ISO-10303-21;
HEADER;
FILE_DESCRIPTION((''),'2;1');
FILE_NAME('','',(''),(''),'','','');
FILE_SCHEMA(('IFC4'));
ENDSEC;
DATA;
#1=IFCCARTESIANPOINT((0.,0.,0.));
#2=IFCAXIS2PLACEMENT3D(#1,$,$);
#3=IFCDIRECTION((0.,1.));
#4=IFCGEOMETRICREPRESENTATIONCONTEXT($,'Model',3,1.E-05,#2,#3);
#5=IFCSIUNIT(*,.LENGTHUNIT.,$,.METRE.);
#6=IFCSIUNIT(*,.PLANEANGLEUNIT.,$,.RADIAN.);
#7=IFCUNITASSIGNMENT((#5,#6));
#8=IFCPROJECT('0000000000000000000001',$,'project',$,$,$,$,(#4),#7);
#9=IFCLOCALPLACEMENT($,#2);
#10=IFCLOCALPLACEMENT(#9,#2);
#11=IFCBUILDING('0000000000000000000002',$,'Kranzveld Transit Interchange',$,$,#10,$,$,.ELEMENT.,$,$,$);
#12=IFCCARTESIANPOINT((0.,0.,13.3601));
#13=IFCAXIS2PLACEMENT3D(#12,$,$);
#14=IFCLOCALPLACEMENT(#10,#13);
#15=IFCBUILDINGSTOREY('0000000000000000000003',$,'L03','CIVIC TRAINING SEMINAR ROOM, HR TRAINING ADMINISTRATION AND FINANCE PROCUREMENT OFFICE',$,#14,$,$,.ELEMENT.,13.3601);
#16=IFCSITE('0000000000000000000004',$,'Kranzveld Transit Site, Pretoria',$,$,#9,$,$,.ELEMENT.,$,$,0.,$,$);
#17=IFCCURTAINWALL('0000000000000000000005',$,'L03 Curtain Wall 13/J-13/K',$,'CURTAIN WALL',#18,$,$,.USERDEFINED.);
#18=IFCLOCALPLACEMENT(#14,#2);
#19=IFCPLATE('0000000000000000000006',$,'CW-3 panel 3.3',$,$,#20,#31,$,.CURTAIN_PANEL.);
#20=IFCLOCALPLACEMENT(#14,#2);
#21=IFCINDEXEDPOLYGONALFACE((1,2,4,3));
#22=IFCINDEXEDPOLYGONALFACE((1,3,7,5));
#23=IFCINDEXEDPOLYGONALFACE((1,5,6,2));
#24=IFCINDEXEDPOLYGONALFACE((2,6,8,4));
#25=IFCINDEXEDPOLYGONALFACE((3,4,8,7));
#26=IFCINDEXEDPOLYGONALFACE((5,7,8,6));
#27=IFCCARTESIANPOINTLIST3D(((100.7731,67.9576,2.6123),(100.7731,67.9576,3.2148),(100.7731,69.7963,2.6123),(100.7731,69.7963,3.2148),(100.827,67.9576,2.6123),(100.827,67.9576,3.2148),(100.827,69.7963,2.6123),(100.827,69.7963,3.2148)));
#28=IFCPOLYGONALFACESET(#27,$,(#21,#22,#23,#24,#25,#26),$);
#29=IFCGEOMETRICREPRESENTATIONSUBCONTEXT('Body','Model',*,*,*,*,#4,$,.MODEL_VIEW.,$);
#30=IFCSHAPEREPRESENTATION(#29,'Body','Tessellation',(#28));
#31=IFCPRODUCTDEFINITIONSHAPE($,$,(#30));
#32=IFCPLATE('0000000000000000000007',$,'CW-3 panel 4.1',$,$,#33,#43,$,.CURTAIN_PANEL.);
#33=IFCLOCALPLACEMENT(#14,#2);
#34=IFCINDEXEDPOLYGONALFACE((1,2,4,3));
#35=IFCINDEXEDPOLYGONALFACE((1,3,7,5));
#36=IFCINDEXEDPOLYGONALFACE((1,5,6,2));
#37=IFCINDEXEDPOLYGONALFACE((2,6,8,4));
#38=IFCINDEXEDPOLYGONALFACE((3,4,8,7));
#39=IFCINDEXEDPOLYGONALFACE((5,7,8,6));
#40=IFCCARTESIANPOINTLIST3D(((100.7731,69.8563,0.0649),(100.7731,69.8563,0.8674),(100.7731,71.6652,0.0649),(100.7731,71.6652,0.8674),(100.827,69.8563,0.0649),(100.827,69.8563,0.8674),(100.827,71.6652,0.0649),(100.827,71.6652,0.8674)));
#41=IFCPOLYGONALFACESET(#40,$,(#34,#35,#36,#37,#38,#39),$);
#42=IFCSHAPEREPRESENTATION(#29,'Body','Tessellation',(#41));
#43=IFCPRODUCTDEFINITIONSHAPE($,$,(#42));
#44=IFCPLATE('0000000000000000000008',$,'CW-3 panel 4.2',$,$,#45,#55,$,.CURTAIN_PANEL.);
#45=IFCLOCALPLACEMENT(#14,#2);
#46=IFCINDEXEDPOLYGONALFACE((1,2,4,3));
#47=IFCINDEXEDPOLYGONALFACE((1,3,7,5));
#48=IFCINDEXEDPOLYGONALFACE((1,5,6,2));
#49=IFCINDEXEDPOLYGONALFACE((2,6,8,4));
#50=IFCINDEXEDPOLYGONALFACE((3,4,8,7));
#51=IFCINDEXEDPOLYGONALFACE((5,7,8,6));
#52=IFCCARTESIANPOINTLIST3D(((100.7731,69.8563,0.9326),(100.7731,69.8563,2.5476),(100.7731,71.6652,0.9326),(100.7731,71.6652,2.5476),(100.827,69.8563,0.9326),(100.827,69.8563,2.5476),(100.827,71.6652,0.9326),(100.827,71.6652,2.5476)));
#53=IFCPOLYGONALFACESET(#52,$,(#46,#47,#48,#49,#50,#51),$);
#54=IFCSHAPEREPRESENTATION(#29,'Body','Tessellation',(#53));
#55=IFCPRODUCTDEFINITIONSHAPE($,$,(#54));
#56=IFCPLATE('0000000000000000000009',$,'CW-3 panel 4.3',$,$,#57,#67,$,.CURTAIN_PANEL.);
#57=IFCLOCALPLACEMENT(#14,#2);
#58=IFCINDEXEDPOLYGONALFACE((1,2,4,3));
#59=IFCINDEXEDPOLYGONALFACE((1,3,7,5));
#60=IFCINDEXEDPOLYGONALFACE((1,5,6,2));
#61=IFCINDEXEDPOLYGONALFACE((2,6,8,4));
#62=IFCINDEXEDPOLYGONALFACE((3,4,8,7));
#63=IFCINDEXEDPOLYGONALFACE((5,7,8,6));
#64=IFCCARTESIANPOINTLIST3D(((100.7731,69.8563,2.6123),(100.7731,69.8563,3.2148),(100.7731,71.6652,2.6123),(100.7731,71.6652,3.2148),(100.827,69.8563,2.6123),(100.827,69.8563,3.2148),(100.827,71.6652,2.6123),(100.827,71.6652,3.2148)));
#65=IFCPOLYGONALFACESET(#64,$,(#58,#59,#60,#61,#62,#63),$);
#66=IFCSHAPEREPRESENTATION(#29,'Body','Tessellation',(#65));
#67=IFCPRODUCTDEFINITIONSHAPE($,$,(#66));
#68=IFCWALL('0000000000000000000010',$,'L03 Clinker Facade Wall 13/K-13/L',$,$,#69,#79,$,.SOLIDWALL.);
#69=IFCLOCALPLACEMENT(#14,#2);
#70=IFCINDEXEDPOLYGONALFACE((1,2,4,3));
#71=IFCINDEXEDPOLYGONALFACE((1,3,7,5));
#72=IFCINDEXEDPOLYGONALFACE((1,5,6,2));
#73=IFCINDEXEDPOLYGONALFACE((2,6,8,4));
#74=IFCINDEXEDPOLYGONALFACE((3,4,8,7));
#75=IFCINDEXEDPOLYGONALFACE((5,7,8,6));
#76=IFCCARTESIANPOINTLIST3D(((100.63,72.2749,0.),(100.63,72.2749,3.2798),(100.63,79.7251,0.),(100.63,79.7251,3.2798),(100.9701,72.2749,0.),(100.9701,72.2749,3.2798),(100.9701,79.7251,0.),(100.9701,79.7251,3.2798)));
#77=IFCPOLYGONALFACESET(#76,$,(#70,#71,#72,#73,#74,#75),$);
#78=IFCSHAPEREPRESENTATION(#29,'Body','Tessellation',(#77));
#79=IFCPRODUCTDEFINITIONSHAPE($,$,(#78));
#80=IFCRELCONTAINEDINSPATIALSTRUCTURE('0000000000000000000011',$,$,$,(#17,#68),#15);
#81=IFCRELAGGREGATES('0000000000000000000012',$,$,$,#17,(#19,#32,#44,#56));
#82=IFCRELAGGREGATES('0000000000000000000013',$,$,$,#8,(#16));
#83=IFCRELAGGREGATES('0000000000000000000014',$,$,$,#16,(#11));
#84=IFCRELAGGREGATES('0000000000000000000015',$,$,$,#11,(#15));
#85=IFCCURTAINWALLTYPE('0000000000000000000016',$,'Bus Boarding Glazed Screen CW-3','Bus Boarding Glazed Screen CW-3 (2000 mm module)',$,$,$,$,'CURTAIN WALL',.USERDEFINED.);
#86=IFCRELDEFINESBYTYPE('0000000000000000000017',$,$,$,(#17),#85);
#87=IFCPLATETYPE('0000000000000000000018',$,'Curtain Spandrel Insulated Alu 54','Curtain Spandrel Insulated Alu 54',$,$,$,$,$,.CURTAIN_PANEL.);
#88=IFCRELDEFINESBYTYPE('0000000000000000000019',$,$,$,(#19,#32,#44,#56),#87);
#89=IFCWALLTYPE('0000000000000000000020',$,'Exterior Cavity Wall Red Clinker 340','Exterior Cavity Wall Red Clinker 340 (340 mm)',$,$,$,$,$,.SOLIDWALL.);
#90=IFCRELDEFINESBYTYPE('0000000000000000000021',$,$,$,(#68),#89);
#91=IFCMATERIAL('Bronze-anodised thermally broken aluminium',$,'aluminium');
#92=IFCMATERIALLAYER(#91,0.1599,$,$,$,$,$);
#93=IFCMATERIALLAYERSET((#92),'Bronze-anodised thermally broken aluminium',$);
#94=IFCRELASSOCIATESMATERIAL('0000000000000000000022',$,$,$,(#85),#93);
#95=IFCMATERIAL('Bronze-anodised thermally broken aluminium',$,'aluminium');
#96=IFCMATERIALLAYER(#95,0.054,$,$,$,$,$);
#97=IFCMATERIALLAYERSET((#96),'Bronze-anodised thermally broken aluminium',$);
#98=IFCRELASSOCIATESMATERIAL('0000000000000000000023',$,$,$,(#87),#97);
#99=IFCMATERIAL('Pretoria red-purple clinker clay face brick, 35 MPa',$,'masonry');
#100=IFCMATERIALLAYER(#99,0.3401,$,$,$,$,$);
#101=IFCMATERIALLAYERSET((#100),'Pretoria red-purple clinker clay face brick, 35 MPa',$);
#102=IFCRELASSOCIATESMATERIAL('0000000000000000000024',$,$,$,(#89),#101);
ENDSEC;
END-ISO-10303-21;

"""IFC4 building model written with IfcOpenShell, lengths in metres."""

from ifc_helpers import new_model, si_unit, direction, frame, frame_2d, origin, origin_2d, place, context, subcontext, project, spatial, rectangle, extrude, material, layer, layer_set, type_object, element, aggregate, save


model = new_model("IFC4")

# Units and contexts
model_context = context("Model", 3, precision=1e-05, world=origin(), true_north=direction((0.0, 1.0)))
body_context = subcontext(model_context, "Body", "Model", "MODEL_VIEW")
ifc_project = project(units=[si_unit("LENGTHUNIT", "METRE"), si_unit("PLANEANGLEUNIT", "RADIAN")], contexts=[model_context])

# Site, building, storey
site_placement = place(None, origin())
site = spatial("IfcSite", under=ifc_project, at=site_placement, Name="Kranzveld Transit Site, Pretoria", CompositionType="ELEMENT", RefElevation=0.0)
building_placement = place(site_placement, origin())
building = spatial("IfcBuilding", under=site, at=building_placement, Name="Kranzveld Transit Interchange", CompositionType="ELEMENT")
storey_placement = place(building_placement, frame((0.0, 0.0, 13.3601)))
storey = spatial("IfcBuildingStorey", under=building, at=storey_placement, Name="L03", Description="CIVIC TRAINING SEMINAR ROOM, HR TRAINING ADMINISTRATION AND FINANCE PROCUREMENT OFFICE", CompositionType="ELEMENT", Elevation=13.3601)

# Curtain wall
ifc_material_1 = material(Name="Bronze-anodised thermally broken aluminium", Category="aluminium")
ifc_layer_1 = layer(ifc_material_1, 0.1599)
ifc_layer_set_1 = layer_set([ifc_layer_1], Name="Bronze-anodised thermally broken aluminium")
curtain_wall_type = type_object("IfcCurtainWallType", Name="Bus Boarding Glazed Screen CW-3", Description="Bus Boarding Glazed Screen CW-3 (2000 mm module)", ElementType="CURTAIN WALL", PredefinedType="USERDEFINED", material=ifc_layer_set_1)
curtain_wall_placement = place(storey_placement, origin())
curtain_wall = element("IfcCurtainWall", 1, at=curtain_wall_placement, inside=storey, type_object=curtain_wall_type, Name="L03 Curtain Wall 13/J-13/K", ObjectType="CURTAIN WALL", PredefinedType="USERDEFINED")

# Plates
ifc_material_2 = material(Name="Bronze-anodised thermally broken aluminium", Category="aluminium")
ifc_layer_2 = layer(ifc_material_2, 0.054)
ifc_layer_set_2 = layer_set([ifc_layer_2], Name="Bronze-anodised thermally broken aluminium")
plate_type = type_object("IfcPlateType", Name="Curtain Spandrel Insulated Alu 54", Description="Curtain Spandrel Insulated Alu 54", PredefinedType="CURTAIN_PANEL", material=ifc_layer_set_2)
plate_1_placement = place(storey_placement, frame((100.8, 68.877, 2.6123), z_axis=(0.0, 0.0, 1.0), x_axis=(0.0, 1.0, 0.0)))
plate_1 = element("IfcPlate", 2, at=plate_1_placement, type_object=plate_type, Name="CW-3 panel 3.3", PredefinedType="CURTAIN_PANEL", context=body_context, shape_type="SweptSolid", body=[
    extrude(rectangle(XDim=1.8386, YDim=0.054, at=origin_2d()), origin(), (0.0, 0.0, 1.0), 0.6025),
])
plate_2_placement = place(storey_placement, frame((100.8, 70.7607, 0.0649), z_axis=(0.0, 0.0, 1.0), x_axis=(0.0, 1.0, 0.0)))
plate_2 = element("IfcPlate", 3, at=plate_2_placement, type_object=plate_type, Name="CW-3 panel 4.1", PredefinedType="CURTAIN_PANEL", context=body_context, shape_type="SweptSolid", body=[
    extrude(rectangle(XDim=1.8088, YDim=0.054, at=origin_2d()), origin(), (0.0, 0.0, 1.0), 0.8025),
])
plate_3_placement = place(storey_placement, frame((100.8, 70.7607, 0.9326), z_axis=(0.0, 0.0, 1.0), x_axis=(0.0, 1.0, 0.0)))
plate_3 = element("IfcPlate", 4, at=plate_3_placement, type_object=plate_type, Name="CW-3 panel 4.2", PredefinedType="CURTAIN_PANEL", context=body_context, shape_type="SweptSolid", body=[
    extrude(rectangle(XDim=1.8088, YDim=0.054, at=origin_2d()), origin(), (0.0, 0.0, 1.0), 1.615),
])
plate_4_placement = place(storey_placement, frame((100.8, 70.7607, 2.6123), z_axis=(0.0, 0.0, 1.0), x_axis=(0.0, 1.0, 0.0)))
plate_4 = element("IfcPlate", 5, at=plate_4_placement, type_object=plate_type, Name="CW-3 panel 4.3", PredefinedType="CURTAIN_PANEL", context=body_context, shape_type="SweptSolid", body=[
    extrude(rectangle(XDim=1.8088, YDim=0.054, at=origin_2d()), origin(), (0.0, 0.0, 1.0), 0.6025),
])
aggregate(curtain_wall, [plate_1, plate_2, plate_3, plate_4])

# Wall
ifc_material_3 = material(Name="Pretoria red-purple clinker clay face brick, 35 MPa", Category="masonry")
ifc_layer_3 = layer(ifc_material_3, 0.3401)
ifc_layer_set_3 = layer_set([ifc_layer_3], Name="Pretoria red-purple clinker clay face brick, 35 MPa")
wall_type = type_object("IfcWallType", Name="Exterior Cavity Wall Red Clinker 340", Description="Exterior Cavity Wall Red Clinker 340 (340 mm)", PredefinedType="SOLIDWALL", material=ifc_layer_set_3)
wall_placement = place(storey_placement, frame((100.8, 72.2749, 0.0), z_axis=(0.0, 0.0, 1.0), x_axis=(0.0, 1.0, 0.0)))
element("IfcWall", 6, at=wall_placement, inside=storey, type_object=wall_type, Name="L03 Clinker Facade Wall 13/K-13/L", PredefinedType="SOLIDWALL", context=body_context, shape_type="SweptSolid", body=[
    extrude(rectangle(XDim=7.4502, YDim=0.3401, at=frame_2d((3.7251, 0.0))), origin(), (0.0, 0.0, 1.0), 3.2798),
])

save(model, "model.ifc")
